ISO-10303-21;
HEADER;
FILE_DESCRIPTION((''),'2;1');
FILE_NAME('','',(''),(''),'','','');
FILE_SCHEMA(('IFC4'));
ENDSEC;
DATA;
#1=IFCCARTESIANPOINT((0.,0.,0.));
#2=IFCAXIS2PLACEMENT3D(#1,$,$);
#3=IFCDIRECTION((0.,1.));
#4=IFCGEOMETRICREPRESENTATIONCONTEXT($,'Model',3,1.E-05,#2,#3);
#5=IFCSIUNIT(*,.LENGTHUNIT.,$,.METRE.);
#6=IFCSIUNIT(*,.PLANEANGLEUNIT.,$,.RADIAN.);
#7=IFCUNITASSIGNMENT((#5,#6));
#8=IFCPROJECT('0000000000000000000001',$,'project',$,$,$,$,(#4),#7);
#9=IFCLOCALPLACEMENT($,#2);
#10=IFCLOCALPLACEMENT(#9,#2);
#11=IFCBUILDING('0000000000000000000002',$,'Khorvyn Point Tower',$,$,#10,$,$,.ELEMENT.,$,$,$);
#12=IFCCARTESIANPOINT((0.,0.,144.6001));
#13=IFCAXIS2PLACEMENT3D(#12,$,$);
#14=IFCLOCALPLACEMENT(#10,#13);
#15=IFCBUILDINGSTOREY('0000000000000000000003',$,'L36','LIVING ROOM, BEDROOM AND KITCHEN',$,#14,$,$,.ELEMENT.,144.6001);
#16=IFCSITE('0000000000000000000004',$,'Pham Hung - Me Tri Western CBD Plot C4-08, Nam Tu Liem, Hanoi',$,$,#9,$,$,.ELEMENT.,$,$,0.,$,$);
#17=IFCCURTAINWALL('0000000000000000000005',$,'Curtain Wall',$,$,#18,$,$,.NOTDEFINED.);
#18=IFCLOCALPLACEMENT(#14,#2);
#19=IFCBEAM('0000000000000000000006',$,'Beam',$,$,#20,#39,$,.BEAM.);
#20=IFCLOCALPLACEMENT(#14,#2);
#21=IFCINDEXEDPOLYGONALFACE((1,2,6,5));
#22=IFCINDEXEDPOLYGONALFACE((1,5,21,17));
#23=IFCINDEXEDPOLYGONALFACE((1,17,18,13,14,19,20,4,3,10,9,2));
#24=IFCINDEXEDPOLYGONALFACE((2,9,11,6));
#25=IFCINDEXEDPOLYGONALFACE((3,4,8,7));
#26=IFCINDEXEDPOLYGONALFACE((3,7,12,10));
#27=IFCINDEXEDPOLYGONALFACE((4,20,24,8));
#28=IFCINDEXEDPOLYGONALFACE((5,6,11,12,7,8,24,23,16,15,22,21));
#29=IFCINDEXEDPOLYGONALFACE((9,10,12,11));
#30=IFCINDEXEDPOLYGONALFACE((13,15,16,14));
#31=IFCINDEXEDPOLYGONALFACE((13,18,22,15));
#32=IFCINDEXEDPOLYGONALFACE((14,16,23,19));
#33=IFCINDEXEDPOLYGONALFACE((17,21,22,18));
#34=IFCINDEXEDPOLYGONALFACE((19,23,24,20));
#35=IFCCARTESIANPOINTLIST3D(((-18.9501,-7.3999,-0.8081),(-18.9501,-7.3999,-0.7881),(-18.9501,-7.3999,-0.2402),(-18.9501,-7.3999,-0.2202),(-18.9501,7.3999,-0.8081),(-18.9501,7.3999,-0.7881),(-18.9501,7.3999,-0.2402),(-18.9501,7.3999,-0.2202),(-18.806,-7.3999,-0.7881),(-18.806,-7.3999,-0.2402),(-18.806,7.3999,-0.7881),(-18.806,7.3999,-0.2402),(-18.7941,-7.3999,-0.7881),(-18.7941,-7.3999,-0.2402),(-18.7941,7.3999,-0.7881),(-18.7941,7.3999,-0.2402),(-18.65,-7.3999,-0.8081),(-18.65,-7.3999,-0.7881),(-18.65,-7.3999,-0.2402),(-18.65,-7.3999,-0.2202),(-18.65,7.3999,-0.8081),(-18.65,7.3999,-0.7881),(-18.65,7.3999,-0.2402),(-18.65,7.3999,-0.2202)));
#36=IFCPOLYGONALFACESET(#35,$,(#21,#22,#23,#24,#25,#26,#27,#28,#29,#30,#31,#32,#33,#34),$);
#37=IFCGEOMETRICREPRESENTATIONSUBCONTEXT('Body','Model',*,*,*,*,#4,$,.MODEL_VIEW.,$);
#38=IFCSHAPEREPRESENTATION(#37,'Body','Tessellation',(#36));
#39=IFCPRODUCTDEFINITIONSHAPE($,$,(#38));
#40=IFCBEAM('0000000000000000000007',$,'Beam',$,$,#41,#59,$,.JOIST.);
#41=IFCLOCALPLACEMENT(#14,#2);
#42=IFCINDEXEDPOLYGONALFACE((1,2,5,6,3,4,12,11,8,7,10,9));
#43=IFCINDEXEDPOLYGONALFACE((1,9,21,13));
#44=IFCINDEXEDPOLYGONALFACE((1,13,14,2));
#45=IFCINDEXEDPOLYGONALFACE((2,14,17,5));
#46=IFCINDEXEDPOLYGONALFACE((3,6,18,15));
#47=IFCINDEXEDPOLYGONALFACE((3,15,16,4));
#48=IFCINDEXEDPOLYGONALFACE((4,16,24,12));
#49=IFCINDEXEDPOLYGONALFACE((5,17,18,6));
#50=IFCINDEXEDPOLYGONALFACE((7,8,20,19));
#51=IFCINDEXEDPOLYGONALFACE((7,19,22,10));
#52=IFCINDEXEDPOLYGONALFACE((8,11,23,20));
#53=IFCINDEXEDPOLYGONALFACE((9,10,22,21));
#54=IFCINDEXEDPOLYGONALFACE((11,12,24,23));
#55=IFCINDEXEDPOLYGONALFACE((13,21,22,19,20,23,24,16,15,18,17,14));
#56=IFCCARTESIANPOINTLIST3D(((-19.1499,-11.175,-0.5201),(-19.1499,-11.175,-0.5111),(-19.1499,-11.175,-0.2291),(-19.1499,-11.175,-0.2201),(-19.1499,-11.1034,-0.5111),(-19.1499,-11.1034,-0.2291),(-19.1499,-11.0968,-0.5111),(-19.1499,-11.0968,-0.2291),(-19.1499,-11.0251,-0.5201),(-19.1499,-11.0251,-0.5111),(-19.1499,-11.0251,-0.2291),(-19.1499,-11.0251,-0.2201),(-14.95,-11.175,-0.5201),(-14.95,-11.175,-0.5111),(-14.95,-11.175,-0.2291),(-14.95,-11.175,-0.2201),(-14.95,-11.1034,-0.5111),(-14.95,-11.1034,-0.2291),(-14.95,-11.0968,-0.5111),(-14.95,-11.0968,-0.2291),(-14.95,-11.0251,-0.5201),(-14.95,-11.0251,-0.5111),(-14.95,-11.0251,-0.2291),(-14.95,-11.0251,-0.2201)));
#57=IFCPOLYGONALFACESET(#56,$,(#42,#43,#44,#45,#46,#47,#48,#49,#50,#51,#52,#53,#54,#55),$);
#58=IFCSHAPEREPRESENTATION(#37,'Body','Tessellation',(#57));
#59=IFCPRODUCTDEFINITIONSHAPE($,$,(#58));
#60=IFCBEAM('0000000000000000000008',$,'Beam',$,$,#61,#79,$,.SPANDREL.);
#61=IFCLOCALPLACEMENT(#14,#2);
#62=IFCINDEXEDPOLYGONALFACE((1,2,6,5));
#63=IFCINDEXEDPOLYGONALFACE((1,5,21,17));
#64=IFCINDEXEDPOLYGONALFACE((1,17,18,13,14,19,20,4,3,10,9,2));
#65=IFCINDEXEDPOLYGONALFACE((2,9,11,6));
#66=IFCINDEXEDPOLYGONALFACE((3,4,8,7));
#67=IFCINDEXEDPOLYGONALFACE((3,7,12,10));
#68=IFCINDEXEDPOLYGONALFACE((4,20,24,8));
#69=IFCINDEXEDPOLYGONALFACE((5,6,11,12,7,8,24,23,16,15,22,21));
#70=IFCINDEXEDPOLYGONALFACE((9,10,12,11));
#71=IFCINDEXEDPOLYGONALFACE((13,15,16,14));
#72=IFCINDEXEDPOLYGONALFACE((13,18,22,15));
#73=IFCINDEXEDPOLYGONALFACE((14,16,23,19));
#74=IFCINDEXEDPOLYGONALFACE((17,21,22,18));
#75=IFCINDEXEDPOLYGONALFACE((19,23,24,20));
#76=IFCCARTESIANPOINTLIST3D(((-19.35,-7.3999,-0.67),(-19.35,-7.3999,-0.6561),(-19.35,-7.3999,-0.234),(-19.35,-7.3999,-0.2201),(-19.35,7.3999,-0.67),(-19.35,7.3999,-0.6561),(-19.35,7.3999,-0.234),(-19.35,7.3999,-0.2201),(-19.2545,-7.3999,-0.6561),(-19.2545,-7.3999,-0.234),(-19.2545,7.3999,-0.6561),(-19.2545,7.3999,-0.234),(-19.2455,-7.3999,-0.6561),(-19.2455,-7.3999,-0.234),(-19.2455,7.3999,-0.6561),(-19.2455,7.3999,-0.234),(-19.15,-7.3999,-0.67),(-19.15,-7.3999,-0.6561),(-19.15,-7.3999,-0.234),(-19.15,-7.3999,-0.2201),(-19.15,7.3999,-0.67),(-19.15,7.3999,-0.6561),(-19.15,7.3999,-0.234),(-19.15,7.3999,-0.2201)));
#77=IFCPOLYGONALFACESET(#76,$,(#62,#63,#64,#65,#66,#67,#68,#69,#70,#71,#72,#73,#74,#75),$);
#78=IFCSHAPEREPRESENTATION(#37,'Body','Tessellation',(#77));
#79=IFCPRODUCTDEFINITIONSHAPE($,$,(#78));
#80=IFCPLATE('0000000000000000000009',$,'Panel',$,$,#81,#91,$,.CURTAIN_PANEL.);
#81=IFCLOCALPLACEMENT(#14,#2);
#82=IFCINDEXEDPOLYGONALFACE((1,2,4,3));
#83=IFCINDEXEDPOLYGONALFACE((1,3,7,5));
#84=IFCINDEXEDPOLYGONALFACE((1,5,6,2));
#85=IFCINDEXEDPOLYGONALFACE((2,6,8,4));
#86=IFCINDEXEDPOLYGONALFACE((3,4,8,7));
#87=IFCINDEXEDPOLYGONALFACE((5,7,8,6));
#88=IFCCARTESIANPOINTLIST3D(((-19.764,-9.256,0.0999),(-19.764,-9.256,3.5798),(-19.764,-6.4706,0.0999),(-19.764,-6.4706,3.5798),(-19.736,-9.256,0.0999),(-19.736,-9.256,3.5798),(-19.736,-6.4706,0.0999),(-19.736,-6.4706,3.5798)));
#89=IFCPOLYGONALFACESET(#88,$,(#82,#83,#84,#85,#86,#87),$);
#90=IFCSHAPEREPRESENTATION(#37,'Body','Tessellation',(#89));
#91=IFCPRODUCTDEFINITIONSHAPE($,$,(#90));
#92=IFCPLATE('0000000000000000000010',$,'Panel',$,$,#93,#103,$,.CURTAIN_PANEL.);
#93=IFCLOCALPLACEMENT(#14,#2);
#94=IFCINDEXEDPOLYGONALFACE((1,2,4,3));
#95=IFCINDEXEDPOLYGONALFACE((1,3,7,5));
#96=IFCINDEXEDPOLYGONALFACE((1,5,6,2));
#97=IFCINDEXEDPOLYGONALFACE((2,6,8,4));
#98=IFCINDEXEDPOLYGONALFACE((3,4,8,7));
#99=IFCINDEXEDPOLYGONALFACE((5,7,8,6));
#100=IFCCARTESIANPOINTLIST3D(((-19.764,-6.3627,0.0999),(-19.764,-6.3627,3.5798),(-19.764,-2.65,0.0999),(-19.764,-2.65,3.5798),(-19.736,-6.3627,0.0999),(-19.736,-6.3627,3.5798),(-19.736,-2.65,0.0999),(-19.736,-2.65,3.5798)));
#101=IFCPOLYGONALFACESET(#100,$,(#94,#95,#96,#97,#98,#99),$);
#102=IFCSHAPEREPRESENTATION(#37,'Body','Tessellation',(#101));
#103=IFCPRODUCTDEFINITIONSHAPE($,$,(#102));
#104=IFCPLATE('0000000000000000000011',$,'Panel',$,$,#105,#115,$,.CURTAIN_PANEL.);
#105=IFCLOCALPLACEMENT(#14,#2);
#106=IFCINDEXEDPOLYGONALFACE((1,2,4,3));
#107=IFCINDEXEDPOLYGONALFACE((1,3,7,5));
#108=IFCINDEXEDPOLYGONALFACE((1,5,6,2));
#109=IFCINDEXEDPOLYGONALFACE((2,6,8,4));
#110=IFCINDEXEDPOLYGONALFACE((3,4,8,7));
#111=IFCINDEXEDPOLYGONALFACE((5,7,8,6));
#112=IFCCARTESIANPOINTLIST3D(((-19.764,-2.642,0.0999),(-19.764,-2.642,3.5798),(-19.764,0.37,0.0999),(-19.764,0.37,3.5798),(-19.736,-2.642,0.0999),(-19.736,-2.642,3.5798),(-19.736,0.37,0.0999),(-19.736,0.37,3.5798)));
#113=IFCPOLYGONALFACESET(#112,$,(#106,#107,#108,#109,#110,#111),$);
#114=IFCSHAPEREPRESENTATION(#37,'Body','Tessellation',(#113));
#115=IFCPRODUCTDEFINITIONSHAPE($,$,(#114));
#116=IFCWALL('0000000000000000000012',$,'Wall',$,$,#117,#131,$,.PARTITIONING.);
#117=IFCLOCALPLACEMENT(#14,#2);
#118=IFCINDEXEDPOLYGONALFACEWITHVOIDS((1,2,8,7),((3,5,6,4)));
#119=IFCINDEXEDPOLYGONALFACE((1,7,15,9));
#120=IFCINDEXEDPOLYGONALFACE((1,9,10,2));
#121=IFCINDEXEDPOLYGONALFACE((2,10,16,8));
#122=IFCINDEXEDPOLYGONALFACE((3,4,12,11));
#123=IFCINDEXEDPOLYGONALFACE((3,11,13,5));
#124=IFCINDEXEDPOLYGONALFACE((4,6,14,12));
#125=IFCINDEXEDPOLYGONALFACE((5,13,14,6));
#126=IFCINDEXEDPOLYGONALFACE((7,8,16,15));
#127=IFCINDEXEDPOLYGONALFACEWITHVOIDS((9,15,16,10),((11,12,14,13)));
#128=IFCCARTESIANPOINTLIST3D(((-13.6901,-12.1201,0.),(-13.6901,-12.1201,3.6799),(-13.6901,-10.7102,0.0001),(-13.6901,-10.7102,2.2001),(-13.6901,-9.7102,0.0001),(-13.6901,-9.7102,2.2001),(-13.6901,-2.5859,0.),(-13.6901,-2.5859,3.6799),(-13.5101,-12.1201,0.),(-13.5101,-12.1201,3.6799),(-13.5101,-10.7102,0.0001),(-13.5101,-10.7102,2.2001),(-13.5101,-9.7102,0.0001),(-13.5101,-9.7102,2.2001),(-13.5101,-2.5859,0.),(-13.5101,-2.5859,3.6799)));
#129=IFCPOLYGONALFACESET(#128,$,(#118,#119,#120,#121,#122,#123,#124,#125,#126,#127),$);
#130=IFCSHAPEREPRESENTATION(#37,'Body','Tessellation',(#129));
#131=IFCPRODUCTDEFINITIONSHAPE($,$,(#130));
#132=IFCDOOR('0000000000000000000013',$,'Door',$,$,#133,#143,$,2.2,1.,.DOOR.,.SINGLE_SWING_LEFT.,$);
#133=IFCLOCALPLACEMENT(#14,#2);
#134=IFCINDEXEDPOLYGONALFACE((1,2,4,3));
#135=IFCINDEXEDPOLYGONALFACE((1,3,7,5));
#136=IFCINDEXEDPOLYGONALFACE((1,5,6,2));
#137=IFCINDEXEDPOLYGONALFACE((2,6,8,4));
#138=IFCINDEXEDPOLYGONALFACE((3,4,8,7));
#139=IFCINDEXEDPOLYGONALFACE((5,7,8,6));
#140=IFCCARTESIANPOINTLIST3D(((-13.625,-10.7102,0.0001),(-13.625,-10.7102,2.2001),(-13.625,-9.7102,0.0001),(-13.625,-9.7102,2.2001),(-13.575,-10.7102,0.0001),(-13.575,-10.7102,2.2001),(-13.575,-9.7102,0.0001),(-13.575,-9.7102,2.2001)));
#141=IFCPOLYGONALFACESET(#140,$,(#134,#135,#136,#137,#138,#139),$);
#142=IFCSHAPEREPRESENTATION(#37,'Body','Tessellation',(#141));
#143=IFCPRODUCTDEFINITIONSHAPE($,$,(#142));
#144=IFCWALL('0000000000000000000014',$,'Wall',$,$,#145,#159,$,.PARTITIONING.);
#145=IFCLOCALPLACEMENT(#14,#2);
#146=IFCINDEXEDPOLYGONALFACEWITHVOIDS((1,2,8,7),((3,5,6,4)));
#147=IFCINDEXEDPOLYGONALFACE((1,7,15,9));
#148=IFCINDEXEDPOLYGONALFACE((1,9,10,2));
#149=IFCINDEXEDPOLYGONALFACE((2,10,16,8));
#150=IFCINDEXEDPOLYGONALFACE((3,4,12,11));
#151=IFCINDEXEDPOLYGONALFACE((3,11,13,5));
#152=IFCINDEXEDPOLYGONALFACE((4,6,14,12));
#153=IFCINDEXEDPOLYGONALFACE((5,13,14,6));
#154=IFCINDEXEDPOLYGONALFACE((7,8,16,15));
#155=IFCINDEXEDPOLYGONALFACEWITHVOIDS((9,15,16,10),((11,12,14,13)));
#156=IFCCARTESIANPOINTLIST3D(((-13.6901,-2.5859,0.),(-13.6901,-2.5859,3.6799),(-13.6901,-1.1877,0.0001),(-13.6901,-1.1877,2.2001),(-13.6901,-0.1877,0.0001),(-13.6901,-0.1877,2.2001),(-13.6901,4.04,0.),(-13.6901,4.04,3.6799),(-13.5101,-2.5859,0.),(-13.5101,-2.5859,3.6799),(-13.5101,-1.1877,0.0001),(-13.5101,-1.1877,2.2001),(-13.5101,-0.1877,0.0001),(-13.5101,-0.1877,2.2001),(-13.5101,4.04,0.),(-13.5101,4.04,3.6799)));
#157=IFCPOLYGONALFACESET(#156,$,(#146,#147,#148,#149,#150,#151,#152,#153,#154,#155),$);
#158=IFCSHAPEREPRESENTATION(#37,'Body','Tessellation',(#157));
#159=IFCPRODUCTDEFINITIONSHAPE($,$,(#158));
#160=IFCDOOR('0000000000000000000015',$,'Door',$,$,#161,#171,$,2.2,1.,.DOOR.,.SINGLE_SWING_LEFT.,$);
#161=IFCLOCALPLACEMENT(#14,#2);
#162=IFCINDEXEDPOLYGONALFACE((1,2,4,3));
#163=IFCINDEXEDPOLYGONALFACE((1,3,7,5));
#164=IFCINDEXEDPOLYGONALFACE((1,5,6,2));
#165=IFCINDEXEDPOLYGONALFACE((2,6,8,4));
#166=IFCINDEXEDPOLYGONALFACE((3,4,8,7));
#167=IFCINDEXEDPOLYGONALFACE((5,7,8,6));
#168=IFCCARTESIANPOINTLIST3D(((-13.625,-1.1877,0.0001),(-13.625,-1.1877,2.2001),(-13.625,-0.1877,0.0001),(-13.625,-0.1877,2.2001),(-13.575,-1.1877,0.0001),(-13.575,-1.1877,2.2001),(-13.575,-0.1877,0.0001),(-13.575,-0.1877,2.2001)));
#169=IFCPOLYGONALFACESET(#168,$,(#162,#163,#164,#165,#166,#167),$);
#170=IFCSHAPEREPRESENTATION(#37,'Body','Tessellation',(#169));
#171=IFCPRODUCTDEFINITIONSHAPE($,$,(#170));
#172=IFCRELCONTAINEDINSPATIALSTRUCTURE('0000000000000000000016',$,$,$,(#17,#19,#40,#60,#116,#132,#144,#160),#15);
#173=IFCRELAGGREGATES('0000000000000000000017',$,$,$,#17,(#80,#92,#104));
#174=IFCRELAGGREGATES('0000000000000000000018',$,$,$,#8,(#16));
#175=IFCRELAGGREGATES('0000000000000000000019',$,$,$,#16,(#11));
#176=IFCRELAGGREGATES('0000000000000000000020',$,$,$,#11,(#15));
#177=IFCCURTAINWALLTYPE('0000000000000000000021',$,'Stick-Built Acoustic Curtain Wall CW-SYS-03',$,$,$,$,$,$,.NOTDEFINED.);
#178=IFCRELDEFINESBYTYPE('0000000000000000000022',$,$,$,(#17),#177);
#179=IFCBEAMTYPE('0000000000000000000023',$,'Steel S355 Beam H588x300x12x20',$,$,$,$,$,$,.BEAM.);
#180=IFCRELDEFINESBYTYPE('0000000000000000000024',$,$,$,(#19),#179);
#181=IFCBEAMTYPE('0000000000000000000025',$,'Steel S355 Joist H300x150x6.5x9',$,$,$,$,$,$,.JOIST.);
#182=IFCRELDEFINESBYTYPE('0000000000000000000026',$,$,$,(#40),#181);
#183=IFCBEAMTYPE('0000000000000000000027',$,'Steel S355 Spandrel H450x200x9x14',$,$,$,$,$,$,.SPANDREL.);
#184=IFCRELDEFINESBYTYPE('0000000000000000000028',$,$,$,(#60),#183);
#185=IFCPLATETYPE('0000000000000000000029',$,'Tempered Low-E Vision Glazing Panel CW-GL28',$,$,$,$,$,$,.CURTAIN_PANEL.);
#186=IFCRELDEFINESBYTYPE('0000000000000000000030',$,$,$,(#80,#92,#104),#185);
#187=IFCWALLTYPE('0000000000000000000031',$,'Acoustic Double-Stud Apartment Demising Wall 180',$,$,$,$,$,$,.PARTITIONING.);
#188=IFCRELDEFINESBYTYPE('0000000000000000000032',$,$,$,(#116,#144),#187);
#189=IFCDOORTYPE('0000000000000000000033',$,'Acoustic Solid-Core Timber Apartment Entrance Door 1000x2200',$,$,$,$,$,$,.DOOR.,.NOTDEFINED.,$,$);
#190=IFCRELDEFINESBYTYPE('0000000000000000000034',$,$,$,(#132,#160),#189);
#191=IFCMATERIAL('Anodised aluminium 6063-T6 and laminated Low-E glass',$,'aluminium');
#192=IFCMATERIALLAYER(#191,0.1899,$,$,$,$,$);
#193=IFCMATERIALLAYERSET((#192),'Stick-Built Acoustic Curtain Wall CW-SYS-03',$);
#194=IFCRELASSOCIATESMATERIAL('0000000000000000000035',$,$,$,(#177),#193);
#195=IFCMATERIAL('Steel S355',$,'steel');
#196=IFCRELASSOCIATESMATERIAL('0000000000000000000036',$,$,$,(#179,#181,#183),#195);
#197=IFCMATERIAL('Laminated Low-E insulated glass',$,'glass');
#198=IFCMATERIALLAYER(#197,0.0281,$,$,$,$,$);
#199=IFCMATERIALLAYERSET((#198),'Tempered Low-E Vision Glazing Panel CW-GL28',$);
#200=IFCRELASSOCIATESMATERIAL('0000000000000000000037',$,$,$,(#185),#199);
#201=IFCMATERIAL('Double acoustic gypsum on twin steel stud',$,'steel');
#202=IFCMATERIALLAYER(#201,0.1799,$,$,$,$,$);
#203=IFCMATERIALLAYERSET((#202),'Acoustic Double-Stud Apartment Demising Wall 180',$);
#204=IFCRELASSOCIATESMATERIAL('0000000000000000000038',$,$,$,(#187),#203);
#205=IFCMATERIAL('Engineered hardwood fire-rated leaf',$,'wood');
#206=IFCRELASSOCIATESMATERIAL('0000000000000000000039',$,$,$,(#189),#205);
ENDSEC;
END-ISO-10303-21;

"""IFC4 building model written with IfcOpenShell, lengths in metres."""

from ifc_helpers import new_model, si_unit, direction, frame, frame_2d, origin, origin_2d, place, context, subcontext, project, spatial, rectangle, i_section, extrude, material, layer, layer_set, material_profile, profile_set, type_object, element, fill, aggregate, save


model = new_model("IFC4")

# Units and contexts
model_context = context("Model", 3, precision=1e-05, world=origin(), true_north=direction((0.0, 1.0)))
body_context = subcontext(model_context, "Body", "Model", "MODEL_VIEW")
ifc_project = project(units=[si_unit("LENGTHUNIT", "METRE"), si_unit("PLANEANGLEUNIT", "RADIAN")], contexts=[model_context])

# Site, building, storey
site_placement = place(None, origin())
site = spatial("IfcSite", under=ifc_project, at=site_placement, Name="Pham Hung - Me Tri Western CBD Plot C4-08, Nam Tu Liem, Hanoi", CompositionType="ELEMENT", RefElevation=0.0)
building_placement = place(site_placement, origin())
building = spatial("IfcBuilding", under=site, at=building_placement, Name="Khorvyn Point Tower", CompositionType="ELEMENT")
storey_placement = place(building_placement, frame((0.0, 0.0, 144.6001)))
storey = spatial("IfcBuildingStorey", under=building, at=storey_placement, Name="L36", Description="LIVING ROOM, BEDROOM AND KITCHEN", CompositionType="ELEMENT", Elevation=144.6001)

# Curtain wall
ifc_material_1 = material(Name="Anodised aluminium 6063-T6 and laminated Low-E glass", Category="aluminium")
ifc_layer_1 = layer(ifc_material_1, 0.1899)
ifc_layer_set_1 = layer_set([ifc_layer_1], Name="Stick-Built Acoustic Curtain Wall CW-SYS-03")
curtain_wall_type = type_object("IfcCurtainWallType", Name="Stick-Built Acoustic Curtain Wall CW-SYS-03", PredefinedType="NOTDEFINED", material=ifc_layer_set_1)
curtain_wall_placement = place(storey_placement, origin())
curtain_wall = element("IfcCurtainWall", 1, at=curtain_wall_placement, inside=storey, type_object=curtain_wall_type, Name="Curtain Wall", PredefinedType="NOTDEFINED")

# Beams
ifc_material_2 = material(Name="Steel S355", Category="steel")
ifc_material_profile_1 = material_profile(ifc_material_2, i_section(OverallWidth=0.3, OverallDepth=0.5879, WebThickness=0.012, FlangeThickness=0.02, at=origin_2d()))
ifc_profile_set_1 = profile_set([ifc_material_profile_1], Name="Steel S355 H588x300x12x20")
beam_type_1 = type_object("IfcBeamType", Name="Steel S355 Beam H588x300x12x20", PredefinedType="BEAM", material=ifc_profile_set_1)
for number, where, z_axis, x_axis, name in (
    (2, (-18.8, -7.3999, -0.5142), (0.0, 1.0, 0.0), (-1.0, 0.0, 0.0), "Beam"),
):
    element("IfcBeam", number, at=place(storey_placement, frame(where, z_axis=z_axis, x_axis=x_axis)), inside=storey, type_object=beam_type_1, Name=name, PredefinedType="BEAM", context=body_context, shape_type="SweptSolid", body=[
        extrude(i_section(OverallWidth=0.3, OverallDepth=0.5879, WebThickness=0.012, FlangeThickness=0.02, at=origin_2d()), origin(), (0.0, 0.0, 1.0), 14.7998),
    ])
ifc_material_profile_2 = material_profile(ifc_material_2, i_section(OverallWidth=0.1499, OverallDepth=0.3, WebThickness=0.0066, FlangeThickness=0.009, at=origin_2d()))
ifc_profile_set_2 = profile_set([ifc_material_profile_2], Name="Steel S355 H300x150x6.5x9")
beam_type_2 = type_object("IfcBeamType", Name="Steel S355 Joist H300x150x6.5x9", PredefinedType="JOIST", material=ifc_profile_set_2)
beam_1_placement = place(storey_placement, frame((-19.1499, -11.1001, -0.3701), z_axis=(1.0, 0.0, 0.0), x_axis=(0.0, 1.0, 0.0)))
element("IfcBeam", 3, at=beam_1_placement, inside=storey, type_object=beam_type_2, Name="Beam", PredefinedType="JOIST", context=body_context, shape_type="SweptSolid", body=[
    extrude(i_section(OverallWidth=0.1499, OverallDepth=0.3, WebThickness=0.0066, FlangeThickness=0.009, at=origin_2d()), origin(), (0.0, 0.0, 1.0), 4.2),
])
ifc_material_profile_3 = material_profile(ifc_material_2, i_section(OverallWidth=0.2, OverallDepth=0.45, WebThickness=0.009, FlangeThickness=0.0139, at=origin_2d()))
ifc_profile_set_3 = profile_set([ifc_material_profile_3], Name="Steel S355 H450x200x9x14")
beam_type_3 = type_object("IfcBeamType", Name="Steel S355 Spandrel H450x200x9x14", PredefinedType="SPANDREL", material=ifc_profile_set_3)
beam_2_placement = place(storey_placement, frame((-19.25, -7.3999, -0.4451), z_axis=(0.0, 1.0, 0.0), x_axis=(-1.0, 0.0, 0.0)))
element("IfcBeam", 4, at=beam_2_placement, inside=storey, type_object=beam_type_3, Name="Beam", PredefinedType="SPANDREL", context=body_context, shape_type="SweptSolid", body=[
    extrude(i_section(OverallWidth=0.2, OverallDepth=0.45, WebThickness=0.009, FlangeThickness=0.0139, at=origin_2d()), origin(), (0.0, 0.0, 1.0), 14.7998),
])

# Plates
ifc_material_3 = material(Name="Laminated Low-E insulated glass", Category="glass")
ifc_layer_2 = layer(ifc_material_3, 0.0281)
ifc_layer_set_2 = layer_set([ifc_layer_2], Name="Tempered Low-E Vision Glazing Panel CW-GL28")
plate_type = type_object("IfcPlateType", Name="Tempered Low-E Vision Glazing Panel CW-GL28", PredefinedType="CURTAIN_PANEL", material=ifc_layer_set_2)
plate_1_placement = place(storey_placement, frame((-19.75, -7.8633, 0.0999), z_axis=(0.0, 0.0, 1.0), x_axis=(0.0, 1.0, 0.0)))
plate_1 = element("IfcPlate", 5, at=plate_1_placement, type_object=plate_type, Name="Panel", PredefinedType="CURTAIN_PANEL", context=body_context, shape_type="SweptSolid", body=[
    extrude(rectangle(XDim=2.7854, YDim=0.0281, at=origin_2d()), origin(), (0.0, 0.0, 1.0), 3.48),
])
plate_2_placement = place(storey_placement, frame((-19.75, -4.5063, 0.0999), z_axis=(0.0, 0.0, 1.0), x_axis=(0.0, 1.0, 0.0)))
plate_2 = element("IfcPlate", 6, at=plate_2_placement, type_object=plate_type, Name="Panel", PredefinedType="CURTAIN_PANEL", context=body_context, shape_type="SweptSolid", body=[
    extrude(rectangle(XDim=3.7126, YDim=0.0281, at=origin_2d()), origin(), (0.0, 0.0, 1.0), 3.48),
])
plate_3_placement = place(storey_placement, frame((-19.75, -1.136, 0.0999), z_axis=(0.0, 0.0, 1.0), x_axis=(0.0, 1.0, 0.0)))
plate_3 = element("IfcPlate", 7, at=plate_3_placement, type_object=plate_type, Name="Panel", PredefinedType="CURTAIN_PANEL", context=body_context, shape_type="SweptSolid", body=[
    extrude(rectangle(XDim=3.012, YDim=0.0281, at=origin_2d()), origin(), (0.0, 0.0, 1.0), 3.48),
])
aggregate(curtain_wall, [plate_1, plate_2, plate_3])

# Walls, openings, doors
ifc_material_4 = material(Name="Double acoustic gypsum on twin steel stud", Category="steel")
ifc_layer_3 = layer(ifc_material_4, 0.1799)
ifc_layer_set_3 = layer_set([ifc_layer_3], Name="Acoustic Double-Stud Apartment Demising Wall 180")
wall_type_1 = type_object("IfcWallType", Name="Acoustic Double-Stud Apartment Demising Wall 180", PredefinedType="PARTITIONING", material=ifc_layer_set_3)
wall_1_placement = place(storey_placement, frame((-13.6001, -12.1201, 0.0), z_axis=(0.0, 0.0, 1.0), x_axis=(0.0, 1.0, 0.0)))
wall_1 = element("IfcWall", 8, at=wall_1_placement, inside=storey, type_object=wall_type_1, Name="Wall", PredefinedType="PARTITIONING", context=body_context, shape_type="SweptSolid", body=[
    extrude(rectangle(XDim=9.5342, YDim=0.1799, at=frame_2d((4.7671, 0.0))), origin(), (0.0, 0.0, 1.0), 3.6799),
])
opening_1_placement = place(wall_1_placement, frame((1.4099, 0.0, 0.0)))
opening_1 = element("IfcOpeningElement", 9, at=opening_1_placement, cuts=wall_1, PredefinedType="OPENING", context=body_context, shape_type="SweptSolid", body=[
    extrude(rectangle(XDim=1.0, YDim=2.2, at=frame_2d((0.5, 1.1001))), frame((0.0, 0.0999, 0.0), z_axis=(0.0, -1.0, 0.0), x_axis=(1.0, 0.0, 0.0)), (0.0, 0.0, 1.0), 0.2),
])
ifc_material_5 = material(Name="Engineered hardwood fire-rated leaf", Category="wood")
door_type_1 = type_object("IfcDoorType", Name="Acoustic Solid-Core Timber Apartment Entrance Door 1000x2200", OperationType="NOTDEFINED", PredefinedType="DOOR", material=ifc_material_5)
door_1_placement = place(opening_1_placement, origin())
door_1 = element("IfcDoor", 10, at=door_1_placement, inside=storey, type_object=door_type_1, Name="Door", OperationType="SINGLE_SWING_LEFT", OverallHeight=2.2, OverallWidth=1.0, PredefinedType="DOOR", context=body_context, shape_type="SweptSolid", body=[
    extrude(rectangle(XDim=1.0, YDim=2.2, at=frame_2d((0.5, 1.1001))), frame((0.0, 0.0249, 0.0), z_axis=(0.0, -1.0, 0.0), x_axis=(1.0, 0.0, 0.0)), (0.0, 0.0, 1.0), 0.05),
])
fill(opening_1, door_1)
wall_2_placement = place(storey_placement, frame((-13.6001, -2.5859, 0.0), z_axis=(0.0, 0.0, 1.0), x_axis=(0.0, 1.0, 0.0)))
wall_2 = element("IfcWall", 11, at=wall_2_placement, inside=storey, type_object=wall_type_1, Name="Wall", PredefinedType="PARTITIONING", context=body_context, shape_type="SweptSolid", body=[
    extrude(rectangle(XDim=6.626, YDim=0.1799, at=frame_2d((3.313, 0.0))), origin(), (0.0, 0.0, 1.0), 3.6799),
])
opening_2_placement = place(wall_2_placement, frame((1.3982, 0.0, 0.0)))
opening_2 = element("IfcOpeningElement", 12, at=opening_2_placement, cuts=wall_2, PredefinedType="OPENING", context=body_context, shape_type="SweptSolid", body=[
    extrude(rectangle(XDim=1.0, YDim=2.2, at=frame_2d((0.5, 1.1001))), frame((0.0, 0.0999, 0.0), z_axis=(0.0, -1.0, 0.0), x_axis=(1.0, 0.0, 0.0)), (0.0, 0.0, 1.0), 0.2),
])
door_2_placement = place(opening_2_placement, origin())
door_2 = element("IfcDoor", 13, at=door_2_placement, inside=storey, type_object=door_type_1, Name="Door", OperationType="SINGLE_SWING_LEFT", OverallHeight=2.2, OverallWidth=1.0, PredefinedType="DOOR", context=body_context, shape_type="SweptSolid", body=[
    extrude(rectangle(XDim=1.0, YDim=2.2, at=frame_2d((0.5, 1.1001))), frame((0.0, 0.0249, 0.0), z_axis=(0.0, -1.0, 0.0), x_axis=(1.0, 0.0, 0.0)), (0.0, 0.0, 1.0), 0.05),
])
fill(opening_2, door_2)

save(model, "model.ifc")
